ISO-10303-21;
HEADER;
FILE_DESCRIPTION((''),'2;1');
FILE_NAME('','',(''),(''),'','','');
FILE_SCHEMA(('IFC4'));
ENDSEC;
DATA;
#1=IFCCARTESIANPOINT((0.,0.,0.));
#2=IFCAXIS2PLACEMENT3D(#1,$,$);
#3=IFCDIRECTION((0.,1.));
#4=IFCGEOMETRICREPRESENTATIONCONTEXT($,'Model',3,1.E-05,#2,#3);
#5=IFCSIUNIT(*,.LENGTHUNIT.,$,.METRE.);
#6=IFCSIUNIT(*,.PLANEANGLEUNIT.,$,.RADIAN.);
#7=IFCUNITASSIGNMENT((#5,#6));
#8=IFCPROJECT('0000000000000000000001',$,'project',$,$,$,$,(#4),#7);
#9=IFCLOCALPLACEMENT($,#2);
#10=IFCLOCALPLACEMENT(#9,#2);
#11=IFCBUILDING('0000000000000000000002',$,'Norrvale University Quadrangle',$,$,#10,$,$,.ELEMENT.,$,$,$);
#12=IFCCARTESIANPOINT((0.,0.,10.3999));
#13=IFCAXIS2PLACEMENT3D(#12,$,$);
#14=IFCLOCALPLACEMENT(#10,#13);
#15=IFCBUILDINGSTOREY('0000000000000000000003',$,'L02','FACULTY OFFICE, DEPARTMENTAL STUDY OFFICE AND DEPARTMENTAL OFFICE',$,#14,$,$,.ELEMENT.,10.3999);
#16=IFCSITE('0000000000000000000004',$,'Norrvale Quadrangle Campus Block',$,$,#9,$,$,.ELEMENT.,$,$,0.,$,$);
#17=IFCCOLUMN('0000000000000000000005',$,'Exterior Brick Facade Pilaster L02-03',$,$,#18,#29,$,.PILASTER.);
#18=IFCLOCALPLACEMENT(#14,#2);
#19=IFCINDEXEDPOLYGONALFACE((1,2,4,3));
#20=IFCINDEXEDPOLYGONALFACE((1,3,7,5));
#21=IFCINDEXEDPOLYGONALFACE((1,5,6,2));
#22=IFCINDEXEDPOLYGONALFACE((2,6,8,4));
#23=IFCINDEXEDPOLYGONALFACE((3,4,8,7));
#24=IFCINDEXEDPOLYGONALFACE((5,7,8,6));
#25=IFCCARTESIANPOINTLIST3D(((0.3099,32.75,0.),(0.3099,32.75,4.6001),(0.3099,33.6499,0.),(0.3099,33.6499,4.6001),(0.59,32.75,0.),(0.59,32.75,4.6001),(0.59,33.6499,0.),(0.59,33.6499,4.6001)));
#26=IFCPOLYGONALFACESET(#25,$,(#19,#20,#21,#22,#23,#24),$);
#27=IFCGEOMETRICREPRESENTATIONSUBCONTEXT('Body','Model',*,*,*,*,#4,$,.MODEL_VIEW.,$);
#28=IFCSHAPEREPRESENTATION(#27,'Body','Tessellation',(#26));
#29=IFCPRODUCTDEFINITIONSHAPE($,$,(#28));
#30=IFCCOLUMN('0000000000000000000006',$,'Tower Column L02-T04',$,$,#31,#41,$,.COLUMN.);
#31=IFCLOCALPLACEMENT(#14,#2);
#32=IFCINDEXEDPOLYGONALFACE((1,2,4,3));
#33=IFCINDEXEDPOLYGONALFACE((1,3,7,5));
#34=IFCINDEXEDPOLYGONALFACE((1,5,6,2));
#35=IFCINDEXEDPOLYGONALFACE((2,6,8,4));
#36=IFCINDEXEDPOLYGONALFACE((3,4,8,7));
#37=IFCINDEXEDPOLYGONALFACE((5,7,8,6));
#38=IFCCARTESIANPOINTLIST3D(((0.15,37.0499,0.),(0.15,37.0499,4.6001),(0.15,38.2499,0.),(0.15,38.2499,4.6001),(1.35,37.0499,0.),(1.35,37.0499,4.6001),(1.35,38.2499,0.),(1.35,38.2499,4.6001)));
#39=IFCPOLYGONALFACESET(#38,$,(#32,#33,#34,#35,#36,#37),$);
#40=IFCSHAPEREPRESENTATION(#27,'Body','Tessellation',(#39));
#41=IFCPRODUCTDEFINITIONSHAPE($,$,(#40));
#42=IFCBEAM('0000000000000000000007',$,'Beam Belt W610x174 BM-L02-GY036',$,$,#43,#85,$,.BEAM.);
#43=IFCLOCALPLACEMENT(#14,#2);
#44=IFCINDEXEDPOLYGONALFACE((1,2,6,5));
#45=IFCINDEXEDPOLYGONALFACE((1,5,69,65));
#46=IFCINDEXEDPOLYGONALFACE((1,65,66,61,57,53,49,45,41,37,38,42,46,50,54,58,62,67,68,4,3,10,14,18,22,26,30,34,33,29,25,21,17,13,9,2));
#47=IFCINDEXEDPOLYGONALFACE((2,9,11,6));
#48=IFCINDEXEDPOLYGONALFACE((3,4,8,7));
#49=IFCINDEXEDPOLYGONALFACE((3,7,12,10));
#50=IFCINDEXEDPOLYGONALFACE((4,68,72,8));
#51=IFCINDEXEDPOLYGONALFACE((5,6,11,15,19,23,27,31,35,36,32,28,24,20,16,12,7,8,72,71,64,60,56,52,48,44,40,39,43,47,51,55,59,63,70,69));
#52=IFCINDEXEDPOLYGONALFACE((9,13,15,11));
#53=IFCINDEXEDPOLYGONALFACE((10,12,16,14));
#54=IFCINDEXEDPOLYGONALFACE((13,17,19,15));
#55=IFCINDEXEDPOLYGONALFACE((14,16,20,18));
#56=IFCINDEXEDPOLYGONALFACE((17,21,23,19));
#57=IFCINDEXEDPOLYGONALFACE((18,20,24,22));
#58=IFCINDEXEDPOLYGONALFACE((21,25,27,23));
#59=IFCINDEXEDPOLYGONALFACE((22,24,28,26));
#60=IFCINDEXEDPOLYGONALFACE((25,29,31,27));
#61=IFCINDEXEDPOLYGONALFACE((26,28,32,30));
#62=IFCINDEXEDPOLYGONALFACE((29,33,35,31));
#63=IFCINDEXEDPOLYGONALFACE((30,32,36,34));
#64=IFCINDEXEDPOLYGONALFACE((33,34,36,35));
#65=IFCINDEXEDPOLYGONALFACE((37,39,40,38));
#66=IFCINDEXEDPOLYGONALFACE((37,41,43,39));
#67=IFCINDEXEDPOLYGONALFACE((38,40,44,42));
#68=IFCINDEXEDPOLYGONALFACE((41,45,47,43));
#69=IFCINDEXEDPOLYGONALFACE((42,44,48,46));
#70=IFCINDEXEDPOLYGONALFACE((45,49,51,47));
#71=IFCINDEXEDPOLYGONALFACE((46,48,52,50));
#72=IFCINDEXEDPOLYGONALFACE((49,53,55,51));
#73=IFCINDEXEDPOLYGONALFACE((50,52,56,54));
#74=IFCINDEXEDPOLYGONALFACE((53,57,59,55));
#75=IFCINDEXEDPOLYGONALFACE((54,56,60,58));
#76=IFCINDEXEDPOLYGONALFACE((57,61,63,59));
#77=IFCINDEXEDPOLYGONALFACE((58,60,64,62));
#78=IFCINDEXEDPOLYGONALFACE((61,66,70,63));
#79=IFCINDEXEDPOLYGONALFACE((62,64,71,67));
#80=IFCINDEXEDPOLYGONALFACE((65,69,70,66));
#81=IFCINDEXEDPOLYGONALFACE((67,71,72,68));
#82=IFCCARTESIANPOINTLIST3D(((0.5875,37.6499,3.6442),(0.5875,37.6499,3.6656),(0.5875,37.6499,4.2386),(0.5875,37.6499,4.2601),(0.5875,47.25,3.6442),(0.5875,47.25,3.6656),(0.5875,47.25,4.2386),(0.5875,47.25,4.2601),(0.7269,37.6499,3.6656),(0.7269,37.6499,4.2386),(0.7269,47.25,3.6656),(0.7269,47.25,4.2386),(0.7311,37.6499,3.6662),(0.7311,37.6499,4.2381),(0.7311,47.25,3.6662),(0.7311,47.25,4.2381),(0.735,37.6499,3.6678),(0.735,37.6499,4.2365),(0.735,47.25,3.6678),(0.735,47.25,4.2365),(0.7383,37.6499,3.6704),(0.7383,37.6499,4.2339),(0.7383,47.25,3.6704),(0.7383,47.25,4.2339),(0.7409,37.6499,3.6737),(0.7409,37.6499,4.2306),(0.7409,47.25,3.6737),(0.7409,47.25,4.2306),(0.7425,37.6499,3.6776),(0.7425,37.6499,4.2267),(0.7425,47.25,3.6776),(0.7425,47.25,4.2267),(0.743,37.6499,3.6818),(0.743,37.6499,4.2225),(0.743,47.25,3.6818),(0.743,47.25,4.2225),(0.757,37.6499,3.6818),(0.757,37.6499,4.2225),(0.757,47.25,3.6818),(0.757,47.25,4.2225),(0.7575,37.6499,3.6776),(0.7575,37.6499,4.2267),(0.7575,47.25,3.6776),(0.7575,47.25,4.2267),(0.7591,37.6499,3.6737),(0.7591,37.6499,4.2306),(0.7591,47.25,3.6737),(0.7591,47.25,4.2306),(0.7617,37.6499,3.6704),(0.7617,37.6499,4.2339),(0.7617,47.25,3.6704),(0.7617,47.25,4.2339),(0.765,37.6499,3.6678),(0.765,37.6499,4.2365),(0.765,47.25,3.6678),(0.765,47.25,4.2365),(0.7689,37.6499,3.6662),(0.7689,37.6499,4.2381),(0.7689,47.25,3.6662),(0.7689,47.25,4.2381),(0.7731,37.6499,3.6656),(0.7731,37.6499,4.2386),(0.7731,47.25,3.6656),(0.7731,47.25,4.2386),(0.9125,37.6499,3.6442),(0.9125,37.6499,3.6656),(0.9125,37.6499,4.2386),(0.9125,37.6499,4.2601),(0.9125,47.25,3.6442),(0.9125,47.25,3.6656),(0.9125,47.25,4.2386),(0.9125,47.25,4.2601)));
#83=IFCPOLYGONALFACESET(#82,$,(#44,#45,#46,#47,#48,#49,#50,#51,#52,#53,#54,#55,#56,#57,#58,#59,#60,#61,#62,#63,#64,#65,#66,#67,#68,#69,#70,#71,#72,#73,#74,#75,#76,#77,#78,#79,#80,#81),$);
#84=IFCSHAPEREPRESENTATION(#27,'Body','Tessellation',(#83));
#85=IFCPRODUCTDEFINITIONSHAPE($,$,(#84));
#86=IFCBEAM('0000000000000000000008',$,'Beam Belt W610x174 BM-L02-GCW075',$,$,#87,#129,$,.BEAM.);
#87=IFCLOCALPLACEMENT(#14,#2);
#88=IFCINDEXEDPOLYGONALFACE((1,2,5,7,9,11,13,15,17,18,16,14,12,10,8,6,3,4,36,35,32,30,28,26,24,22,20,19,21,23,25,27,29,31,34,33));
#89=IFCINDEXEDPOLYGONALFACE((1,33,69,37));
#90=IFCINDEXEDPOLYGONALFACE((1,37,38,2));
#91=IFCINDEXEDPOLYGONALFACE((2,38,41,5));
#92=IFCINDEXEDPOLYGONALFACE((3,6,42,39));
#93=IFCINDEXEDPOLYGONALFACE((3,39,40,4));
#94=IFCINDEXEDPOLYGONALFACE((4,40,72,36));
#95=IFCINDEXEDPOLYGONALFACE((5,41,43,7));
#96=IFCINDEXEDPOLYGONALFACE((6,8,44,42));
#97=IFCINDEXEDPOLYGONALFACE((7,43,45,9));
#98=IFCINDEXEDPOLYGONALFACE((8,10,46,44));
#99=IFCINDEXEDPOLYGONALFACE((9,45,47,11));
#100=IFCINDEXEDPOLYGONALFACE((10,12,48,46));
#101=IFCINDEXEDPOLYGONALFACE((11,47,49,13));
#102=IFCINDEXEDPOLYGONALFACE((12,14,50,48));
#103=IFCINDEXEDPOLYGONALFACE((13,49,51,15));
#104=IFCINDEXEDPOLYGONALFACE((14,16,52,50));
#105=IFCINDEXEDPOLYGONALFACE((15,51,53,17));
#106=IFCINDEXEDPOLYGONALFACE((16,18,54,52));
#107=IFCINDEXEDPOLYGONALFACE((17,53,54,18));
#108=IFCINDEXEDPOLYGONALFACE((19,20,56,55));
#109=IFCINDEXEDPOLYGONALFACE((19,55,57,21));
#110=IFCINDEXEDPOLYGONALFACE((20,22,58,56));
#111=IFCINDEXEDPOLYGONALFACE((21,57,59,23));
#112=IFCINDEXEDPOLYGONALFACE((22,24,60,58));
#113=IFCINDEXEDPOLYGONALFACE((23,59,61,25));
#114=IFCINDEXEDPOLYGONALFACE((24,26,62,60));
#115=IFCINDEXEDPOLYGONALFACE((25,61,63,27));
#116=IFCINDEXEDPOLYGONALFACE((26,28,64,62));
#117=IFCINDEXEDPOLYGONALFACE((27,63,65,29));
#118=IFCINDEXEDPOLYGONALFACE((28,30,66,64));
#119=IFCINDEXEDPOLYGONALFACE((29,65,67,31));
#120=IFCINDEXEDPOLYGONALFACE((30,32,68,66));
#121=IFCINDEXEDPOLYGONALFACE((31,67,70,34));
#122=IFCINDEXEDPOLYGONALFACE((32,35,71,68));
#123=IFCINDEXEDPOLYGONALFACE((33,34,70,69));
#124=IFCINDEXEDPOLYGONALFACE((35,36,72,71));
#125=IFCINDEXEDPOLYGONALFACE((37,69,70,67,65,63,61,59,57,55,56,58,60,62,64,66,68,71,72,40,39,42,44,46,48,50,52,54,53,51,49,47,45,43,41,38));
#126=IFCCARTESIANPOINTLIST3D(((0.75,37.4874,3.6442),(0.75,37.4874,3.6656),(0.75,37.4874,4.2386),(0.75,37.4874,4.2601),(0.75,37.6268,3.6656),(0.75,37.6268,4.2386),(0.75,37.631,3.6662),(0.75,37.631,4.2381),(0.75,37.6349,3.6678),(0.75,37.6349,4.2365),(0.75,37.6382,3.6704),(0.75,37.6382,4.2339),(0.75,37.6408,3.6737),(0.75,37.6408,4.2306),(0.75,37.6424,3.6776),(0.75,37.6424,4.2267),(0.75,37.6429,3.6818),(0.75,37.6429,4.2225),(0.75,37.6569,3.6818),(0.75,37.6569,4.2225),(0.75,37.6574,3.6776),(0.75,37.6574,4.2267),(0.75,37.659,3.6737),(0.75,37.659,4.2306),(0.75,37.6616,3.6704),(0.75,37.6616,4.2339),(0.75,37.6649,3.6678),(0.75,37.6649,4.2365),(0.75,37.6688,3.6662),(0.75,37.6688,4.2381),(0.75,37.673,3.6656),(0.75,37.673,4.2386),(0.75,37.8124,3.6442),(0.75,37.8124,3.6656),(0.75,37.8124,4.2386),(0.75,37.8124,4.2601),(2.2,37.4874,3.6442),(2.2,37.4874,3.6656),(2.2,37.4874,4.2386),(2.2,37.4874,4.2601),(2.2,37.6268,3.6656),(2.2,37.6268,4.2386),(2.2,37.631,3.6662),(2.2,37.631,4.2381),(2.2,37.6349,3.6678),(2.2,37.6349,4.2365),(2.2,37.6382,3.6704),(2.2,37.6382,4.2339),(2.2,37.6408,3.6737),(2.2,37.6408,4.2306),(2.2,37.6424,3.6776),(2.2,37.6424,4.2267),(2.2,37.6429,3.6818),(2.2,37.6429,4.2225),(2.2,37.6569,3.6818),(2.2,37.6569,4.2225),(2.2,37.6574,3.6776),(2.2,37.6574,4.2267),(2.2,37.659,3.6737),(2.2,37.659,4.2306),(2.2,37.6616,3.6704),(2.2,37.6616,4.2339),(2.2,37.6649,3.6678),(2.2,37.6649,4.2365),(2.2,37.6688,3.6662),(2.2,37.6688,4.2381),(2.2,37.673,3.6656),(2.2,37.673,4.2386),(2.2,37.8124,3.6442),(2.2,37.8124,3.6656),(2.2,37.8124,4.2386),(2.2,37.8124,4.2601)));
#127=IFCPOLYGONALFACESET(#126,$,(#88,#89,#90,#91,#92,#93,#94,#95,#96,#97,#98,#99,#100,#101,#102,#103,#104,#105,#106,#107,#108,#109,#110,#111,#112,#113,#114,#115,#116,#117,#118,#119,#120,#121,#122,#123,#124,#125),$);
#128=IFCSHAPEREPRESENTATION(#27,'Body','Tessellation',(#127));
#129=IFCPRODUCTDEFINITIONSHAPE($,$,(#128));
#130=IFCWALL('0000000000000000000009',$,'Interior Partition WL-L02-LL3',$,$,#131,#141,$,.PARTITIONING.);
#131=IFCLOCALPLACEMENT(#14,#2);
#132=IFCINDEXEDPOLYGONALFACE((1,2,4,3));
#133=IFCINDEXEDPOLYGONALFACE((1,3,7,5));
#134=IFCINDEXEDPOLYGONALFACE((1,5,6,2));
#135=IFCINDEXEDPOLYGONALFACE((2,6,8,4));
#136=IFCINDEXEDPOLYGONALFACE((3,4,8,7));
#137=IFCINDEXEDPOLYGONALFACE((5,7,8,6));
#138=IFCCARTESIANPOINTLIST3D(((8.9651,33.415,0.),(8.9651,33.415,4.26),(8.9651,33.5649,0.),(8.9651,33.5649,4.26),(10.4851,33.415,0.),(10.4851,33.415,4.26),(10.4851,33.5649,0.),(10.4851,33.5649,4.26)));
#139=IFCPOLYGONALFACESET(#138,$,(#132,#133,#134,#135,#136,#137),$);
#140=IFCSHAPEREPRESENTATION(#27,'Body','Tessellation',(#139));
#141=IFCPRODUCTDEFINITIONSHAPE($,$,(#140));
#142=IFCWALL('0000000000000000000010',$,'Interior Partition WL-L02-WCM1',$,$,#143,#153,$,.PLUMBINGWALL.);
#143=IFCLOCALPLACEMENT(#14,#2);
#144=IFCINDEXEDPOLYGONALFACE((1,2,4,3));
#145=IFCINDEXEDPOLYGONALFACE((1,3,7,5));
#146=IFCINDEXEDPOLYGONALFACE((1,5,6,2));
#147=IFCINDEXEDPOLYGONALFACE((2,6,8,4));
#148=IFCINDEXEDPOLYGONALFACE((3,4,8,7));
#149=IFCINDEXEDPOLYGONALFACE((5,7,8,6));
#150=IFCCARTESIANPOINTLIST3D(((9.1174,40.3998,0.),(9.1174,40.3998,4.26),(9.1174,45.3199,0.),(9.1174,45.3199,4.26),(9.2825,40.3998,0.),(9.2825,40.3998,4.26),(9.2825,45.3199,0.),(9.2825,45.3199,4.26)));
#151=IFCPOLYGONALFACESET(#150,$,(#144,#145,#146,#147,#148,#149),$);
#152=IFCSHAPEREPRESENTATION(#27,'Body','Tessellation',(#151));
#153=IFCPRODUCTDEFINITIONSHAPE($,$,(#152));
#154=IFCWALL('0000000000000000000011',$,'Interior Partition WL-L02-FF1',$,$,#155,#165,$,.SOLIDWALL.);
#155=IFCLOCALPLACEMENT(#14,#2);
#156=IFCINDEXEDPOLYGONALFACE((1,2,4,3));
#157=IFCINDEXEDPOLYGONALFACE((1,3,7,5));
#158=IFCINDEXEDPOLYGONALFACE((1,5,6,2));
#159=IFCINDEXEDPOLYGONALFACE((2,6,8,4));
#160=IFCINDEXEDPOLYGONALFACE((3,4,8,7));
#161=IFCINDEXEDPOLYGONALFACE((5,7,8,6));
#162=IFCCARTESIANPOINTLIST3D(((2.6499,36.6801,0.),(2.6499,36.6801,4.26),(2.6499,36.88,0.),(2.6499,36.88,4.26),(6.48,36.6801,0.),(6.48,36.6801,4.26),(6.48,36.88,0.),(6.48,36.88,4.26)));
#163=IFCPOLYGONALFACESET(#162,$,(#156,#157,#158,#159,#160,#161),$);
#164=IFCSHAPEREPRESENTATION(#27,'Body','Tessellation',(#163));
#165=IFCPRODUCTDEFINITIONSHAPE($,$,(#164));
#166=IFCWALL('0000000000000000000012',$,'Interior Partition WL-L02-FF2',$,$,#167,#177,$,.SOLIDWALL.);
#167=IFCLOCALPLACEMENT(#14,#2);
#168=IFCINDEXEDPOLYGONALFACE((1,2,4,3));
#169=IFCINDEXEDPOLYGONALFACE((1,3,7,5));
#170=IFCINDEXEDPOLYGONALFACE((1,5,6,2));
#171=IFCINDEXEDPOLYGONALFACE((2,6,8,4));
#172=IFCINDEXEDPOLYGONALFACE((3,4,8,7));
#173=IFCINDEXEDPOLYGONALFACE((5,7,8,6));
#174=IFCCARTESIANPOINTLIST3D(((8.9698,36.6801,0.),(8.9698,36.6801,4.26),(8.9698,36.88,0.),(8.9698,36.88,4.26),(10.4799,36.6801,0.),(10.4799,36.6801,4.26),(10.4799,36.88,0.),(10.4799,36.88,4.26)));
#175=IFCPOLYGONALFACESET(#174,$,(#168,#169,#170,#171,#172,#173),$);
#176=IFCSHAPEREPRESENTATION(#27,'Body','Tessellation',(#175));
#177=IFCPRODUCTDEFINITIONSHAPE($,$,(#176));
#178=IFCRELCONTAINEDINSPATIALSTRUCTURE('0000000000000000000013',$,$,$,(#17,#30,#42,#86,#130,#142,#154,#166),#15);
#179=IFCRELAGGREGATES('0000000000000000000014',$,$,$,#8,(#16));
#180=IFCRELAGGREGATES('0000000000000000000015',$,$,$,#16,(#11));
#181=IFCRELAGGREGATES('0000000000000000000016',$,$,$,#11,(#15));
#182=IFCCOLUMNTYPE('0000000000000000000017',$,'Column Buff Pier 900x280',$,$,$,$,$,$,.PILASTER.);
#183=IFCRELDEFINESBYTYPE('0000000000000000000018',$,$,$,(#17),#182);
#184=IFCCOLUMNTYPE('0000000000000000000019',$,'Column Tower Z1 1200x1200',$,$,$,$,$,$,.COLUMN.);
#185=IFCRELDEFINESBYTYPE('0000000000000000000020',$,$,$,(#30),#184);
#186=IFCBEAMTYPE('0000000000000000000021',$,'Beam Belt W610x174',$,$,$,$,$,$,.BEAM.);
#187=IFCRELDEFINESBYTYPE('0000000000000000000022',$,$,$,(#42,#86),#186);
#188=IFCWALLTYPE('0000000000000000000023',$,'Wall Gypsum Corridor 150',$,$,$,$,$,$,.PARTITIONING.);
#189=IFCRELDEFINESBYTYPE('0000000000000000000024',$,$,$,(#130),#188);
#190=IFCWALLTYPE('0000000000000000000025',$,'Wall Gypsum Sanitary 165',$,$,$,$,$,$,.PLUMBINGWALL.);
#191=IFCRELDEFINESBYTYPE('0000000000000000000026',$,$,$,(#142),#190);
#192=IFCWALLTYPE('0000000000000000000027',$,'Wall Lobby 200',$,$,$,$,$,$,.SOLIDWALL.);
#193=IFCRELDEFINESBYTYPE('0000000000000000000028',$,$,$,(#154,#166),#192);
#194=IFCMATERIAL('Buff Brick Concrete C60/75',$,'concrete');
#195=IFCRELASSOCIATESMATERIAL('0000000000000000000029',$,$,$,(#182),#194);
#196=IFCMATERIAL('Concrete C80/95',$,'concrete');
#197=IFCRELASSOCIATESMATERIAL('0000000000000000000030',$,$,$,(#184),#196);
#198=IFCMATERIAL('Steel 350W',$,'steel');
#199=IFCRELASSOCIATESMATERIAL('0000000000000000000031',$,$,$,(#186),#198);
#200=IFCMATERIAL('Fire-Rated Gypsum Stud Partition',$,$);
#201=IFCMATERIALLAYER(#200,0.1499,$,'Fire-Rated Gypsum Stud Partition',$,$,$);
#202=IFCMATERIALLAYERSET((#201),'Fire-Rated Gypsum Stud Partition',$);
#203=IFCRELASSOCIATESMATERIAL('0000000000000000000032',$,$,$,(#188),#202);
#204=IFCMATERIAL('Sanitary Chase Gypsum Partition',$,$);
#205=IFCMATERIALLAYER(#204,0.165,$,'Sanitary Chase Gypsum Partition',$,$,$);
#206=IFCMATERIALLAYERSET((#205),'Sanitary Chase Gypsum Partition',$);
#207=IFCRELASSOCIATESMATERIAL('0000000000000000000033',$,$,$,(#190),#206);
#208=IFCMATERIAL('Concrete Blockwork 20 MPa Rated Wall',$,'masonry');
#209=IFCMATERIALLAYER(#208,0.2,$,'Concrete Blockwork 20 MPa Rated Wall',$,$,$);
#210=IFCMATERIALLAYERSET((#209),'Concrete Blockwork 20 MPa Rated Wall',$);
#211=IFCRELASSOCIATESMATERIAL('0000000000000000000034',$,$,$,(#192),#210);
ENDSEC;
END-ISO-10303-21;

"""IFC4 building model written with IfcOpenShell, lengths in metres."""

from ifc_helpers import new_model, si_unit, direction, frame, frame_2d, origin, origin_2d, place, context, subcontext, project, spatial, rectangle, i_section, extrude, material, layer, layer_set, material_profile, profile_set, type_object, element, save


model = new_model("IFC4")

# Units and contexts
model_context = context("Model", 3, precision=1e-05, world=origin(), true_north=direction((0.0, 1.0)))
body_context = subcontext(model_context, "Body", "Model", "MODEL_VIEW")
ifc_project = project(units=[si_unit("LENGTHUNIT", "METRE"), si_unit("PLANEANGLEUNIT", "RADIAN")], contexts=[model_context])

# Site, building, storey
site_placement = place(None, origin())
site = spatial("IfcSite", under=ifc_project, at=site_placement, Name="Norrvale Quadrangle Campus Block", CompositionType="ELEMENT", RefElevation=0.0)
building_placement = place(site_placement, origin())
building = spatial("IfcBuilding", under=site, at=building_placement, Name="Norrvale University Quadrangle", CompositionType="ELEMENT")
storey_placement = place(building_placement, frame((0.0, 0.0, 10.3999)))
storey = spatial("IfcBuildingStorey", under=building, at=storey_placement, Name="L02", Description="FACULTY OFFICE, DEPARTMENTAL STUDY OFFICE AND DEPARTMENTAL OFFICE", CompositionType="ELEMENT", Elevation=10.3999)

# Columns
ifc_material_1 = material(Name="Buff Brick Concrete C60/75", Category="concrete")
ifc_material_profile_1 = material_profile(ifc_material_1, rectangle(XDim=0.8999, YDim=0.28, at=origin_2d()), Name="Buff Brick Concrete C60/75")
ifc_profile_set_1 = profile_set([ifc_material_profile_1], Name="Buff Brick Concrete C60/75")
column_type_1 = type_object("IfcColumnType", Name="Column Buff Pier 900x280", PredefinedType="PILASTER", material=ifc_profile_set_1)
column_1_placement = place(storey_placement, frame((0.45, 33.2, 0.0), z_axis=(0.0, 0.0, 1.0), x_axis=(0.0, 1.0, 0.0)))
element("IfcColumn", 1, at=column_1_placement, inside=storey, type_object=column_type_1, Name="Exterior Brick Facade Pilaster L02-03", PredefinedType="PILASTER", context=body_context, shape_type="SweptSolid", body=[
    extrude(rectangle(XDim=0.8999, YDim=0.28, at=origin_2d()), origin(), (0.0, 0.0, 1.0), 4.6001),
])
ifc_material_2 = material(Name="Concrete C80/95", Category="concrete")
ifc_material_profile_2 = material_profile(ifc_material_2, rectangle(XDim=1.2, YDim=1.2, at=origin_2d()), Name="Concrete C80/95")
ifc_profile_set_2 = profile_set([ifc_material_profile_2], Name="Concrete C80/95")
column_type_2 = type_object("IfcColumnType", Name="Column Tower Z1 1200x1200", PredefinedType="COLUMN", material=ifc_profile_set_2)
column_2_placement = place(storey_placement, frame((0.75, 37.6499, 0.0), z_axis=(0.0, 0.0, 1.0), x_axis=(1.0, 0.0, 0.0)))
element("IfcColumn", 2, at=column_2_placement, inside=storey, type_object=column_type_2, Name="Tower Column L02-T04", PredefinedType="COLUMN", context=body_context, shape_type="SweptSolid", body=[
    extrude(rectangle(XDim=1.2, YDim=1.2, at=origin_2d()), origin(), (0.0, 0.0, 1.0), 4.6001),
])

# Beams
ifc_material_3 = material(Name="Steel 350W", Category="steel")
ifc_material_profile_3 = material_profile(ifc_material_3, i_section(OverallWidth=0.325, OverallDepth=0.616, WebThickness=0.0139, FlangeThickness=0.0215, FilletRadius=0.0161, at=origin_2d()), Name="Steel 350W")
ifc_profile_set_3 = profile_set([ifc_material_profile_3], Name="Steel 350W")
beam_type = type_object("IfcBeamType", Name="Beam Belt W610x174", PredefinedType="BEAM", material=ifc_profile_set_3)
beam_1_placement = place(storey_placement, frame((0.75, 37.6499, 3.9521), z_axis=(0.0, 1.0, 0.0), x_axis=(-1.0, 0.0, 0.0)))
element("IfcBeam", 3, at=beam_1_placement, inside=storey, type_object=beam_type, Name="Beam Belt W610x174 BM-L02-GY036", PredefinedType="BEAM", context=body_context, shape_type="SweptSolid", body=[
    extrude(i_section(OverallWidth=0.325, OverallDepth=0.616, WebThickness=0.0139, FlangeThickness=0.0215, FilletRadius=0.0161, at=origin_2d()), origin(), (0.0, 0.0, 1.0), 9.6001),
])
beam_2_placement = place(storey_placement, frame((0.75, 37.6499, 3.9521), z_axis=(1.0, 0.0, 0.0), x_axis=(0.0, 1.0, 0.0)))
element("IfcBeam", 4, at=beam_2_placement, inside=storey, type_object=beam_type, Name="Beam Belt W610x174 BM-L02-GCW075", PredefinedType="BEAM", context=body_context, shape_type="SweptSolid", body=[
    extrude(i_section(OverallWidth=0.325, OverallDepth=0.616, WebThickness=0.0139, FlangeThickness=0.0215, FilletRadius=0.0161, at=origin_2d()), origin(), (0.0, 0.0, 1.0), 1.45),
])

# Walls
ifc_material_4 = material(Name="Fire-Rated Gypsum Stud Partition")
ifc_layer_1 = layer(ifc_material_4, 0.1499, Name="Fire-Rated Gypsum Stud Partition")
ifc_layer_set_1 = layer_set([ifc_layer_1], Name="Fire-Rated Gypsum Stud Partition")
wall_type_1 = type_object("IfcWallType", Name="Wall Gypsum Corridor 150", PredefinedType="PARTITIONING", material=ifc_layer_set_1)
wall_1_placement = place(storey_placement, frame((8.9651, 33.49, 0.0), z_axis=(0.0, 0.0, 1.0), x_axis=(1.0, 0.0, 0.0)))
element("IfcWall", 5, at=wall_1_placement, inside=storey, type_object=wall_type_1, Name="Interior Partition WL-L02-LL3", PredefinedType="PARTITIONING", context=body_context, shape_type="SweptSolid", body=[
    extrude(rectangle(XDim=1.52, YDim=0.1499, at=frame_2d((0.76, 0.0))), origin(), (0.0, 0.0, 1.0), 4.26),
])
ifc_material_5 = material(Name="Sanitary Chase Gypsum Partition")
ifc_layer_2 = layer(ifc_material_5, 0.165, Name="Sanitary Chase Gypsum Partition")
ifc_layer_set_2 = layer_set([ifc_layer_2], Name="Sanitary Chase Gypsum Partition")
wall_type_2 = type_object("IfcWallType", Name="Wall Gypsum Sanitary 165", PredefinedType="PLUMBINGWALL", material=ifc_layer_set_2)
wall_2_placement = place(storey_placement, frame((9.2, 40.3999, 0.0), z_axis=(0.0, 0.0, 1.0), x_axis=(0.0, 1.0, 0.0)))
element("IfcWall", 6, at=wall_2_placement, inside=storey, type_object=wall_type_2, Name="Interior Partition WL-L02-WCM1", PredefinedType="PLUMBINGWALL", context=body_context, shape_type="SweptSolid", body=[
    extrude(rectangle(XDim=4.9202, YDim=0.165, at=frame_2d((2.46, 0.0))), origin(), (0.0, 0.0, 1.0), 4.26),
])
ifc_material_6 = material(Name="Concrete Blockwork 20 MPa Rated Wall", Category="masonry")
ifc_layer_3 = layer(ifc_material_6, 0.2, Name="Concrete Blockwork 20 MPa Rated Wall")
ifc_layer_set_3 = layer_set([ifc_layer_3], Name="Concrete Blockwork 20 MPa Rated Wall")
wall_type_3 = type_object("IfcWallType", Name="Wall Lobby 200", PredefinedType="SOLIDWALL", material=ifc_layer_set_3)
wall_3_placement = place(storey_placement, frame((2.6499, 36.78, 0.0), z_axis=(0.0, 0.0, 1.0), x_axis=(1.0, 0.0, 0.0)))
element("IfcWall", 7, at=wall_3_placement, inside=storey, type_object=wall_type_3, Name="Interior Partition WL-L02-FF1", PredefinedType="SOLIDWALL", context=body_context, shape_type="SweptSolid", body=[
    extrude(rectangle(XDim=3.8301, YDim=0.2, at=frame_2d((1.915, 0.0))), origin(), (0.0, 0.0, 1.0), 4.26),
])
wall_4_placement = place(storey_placement, frame((8.97, 36.78, 0.0), z_axis=(0.0, 0.0, 1.0), x_axis=(1.0, 0.0, 0.0)))
element("IfcWall", 8, at=wall_4_placement, inside=storey, type_object=wall_type_3, Name="Interior Partition WL-L02-FF2", PredefinedType="SOLIDWALL", context=body_context, shape_type="SweptSolid", body=[
    extrude(rectangle(XDim=1.51, YDim=0.2, at=frame_2d((0.7549, 0.0))), origin(), (0.0, 0.0, 1.0), 4.26),
])

save(model, "model.ifc")
